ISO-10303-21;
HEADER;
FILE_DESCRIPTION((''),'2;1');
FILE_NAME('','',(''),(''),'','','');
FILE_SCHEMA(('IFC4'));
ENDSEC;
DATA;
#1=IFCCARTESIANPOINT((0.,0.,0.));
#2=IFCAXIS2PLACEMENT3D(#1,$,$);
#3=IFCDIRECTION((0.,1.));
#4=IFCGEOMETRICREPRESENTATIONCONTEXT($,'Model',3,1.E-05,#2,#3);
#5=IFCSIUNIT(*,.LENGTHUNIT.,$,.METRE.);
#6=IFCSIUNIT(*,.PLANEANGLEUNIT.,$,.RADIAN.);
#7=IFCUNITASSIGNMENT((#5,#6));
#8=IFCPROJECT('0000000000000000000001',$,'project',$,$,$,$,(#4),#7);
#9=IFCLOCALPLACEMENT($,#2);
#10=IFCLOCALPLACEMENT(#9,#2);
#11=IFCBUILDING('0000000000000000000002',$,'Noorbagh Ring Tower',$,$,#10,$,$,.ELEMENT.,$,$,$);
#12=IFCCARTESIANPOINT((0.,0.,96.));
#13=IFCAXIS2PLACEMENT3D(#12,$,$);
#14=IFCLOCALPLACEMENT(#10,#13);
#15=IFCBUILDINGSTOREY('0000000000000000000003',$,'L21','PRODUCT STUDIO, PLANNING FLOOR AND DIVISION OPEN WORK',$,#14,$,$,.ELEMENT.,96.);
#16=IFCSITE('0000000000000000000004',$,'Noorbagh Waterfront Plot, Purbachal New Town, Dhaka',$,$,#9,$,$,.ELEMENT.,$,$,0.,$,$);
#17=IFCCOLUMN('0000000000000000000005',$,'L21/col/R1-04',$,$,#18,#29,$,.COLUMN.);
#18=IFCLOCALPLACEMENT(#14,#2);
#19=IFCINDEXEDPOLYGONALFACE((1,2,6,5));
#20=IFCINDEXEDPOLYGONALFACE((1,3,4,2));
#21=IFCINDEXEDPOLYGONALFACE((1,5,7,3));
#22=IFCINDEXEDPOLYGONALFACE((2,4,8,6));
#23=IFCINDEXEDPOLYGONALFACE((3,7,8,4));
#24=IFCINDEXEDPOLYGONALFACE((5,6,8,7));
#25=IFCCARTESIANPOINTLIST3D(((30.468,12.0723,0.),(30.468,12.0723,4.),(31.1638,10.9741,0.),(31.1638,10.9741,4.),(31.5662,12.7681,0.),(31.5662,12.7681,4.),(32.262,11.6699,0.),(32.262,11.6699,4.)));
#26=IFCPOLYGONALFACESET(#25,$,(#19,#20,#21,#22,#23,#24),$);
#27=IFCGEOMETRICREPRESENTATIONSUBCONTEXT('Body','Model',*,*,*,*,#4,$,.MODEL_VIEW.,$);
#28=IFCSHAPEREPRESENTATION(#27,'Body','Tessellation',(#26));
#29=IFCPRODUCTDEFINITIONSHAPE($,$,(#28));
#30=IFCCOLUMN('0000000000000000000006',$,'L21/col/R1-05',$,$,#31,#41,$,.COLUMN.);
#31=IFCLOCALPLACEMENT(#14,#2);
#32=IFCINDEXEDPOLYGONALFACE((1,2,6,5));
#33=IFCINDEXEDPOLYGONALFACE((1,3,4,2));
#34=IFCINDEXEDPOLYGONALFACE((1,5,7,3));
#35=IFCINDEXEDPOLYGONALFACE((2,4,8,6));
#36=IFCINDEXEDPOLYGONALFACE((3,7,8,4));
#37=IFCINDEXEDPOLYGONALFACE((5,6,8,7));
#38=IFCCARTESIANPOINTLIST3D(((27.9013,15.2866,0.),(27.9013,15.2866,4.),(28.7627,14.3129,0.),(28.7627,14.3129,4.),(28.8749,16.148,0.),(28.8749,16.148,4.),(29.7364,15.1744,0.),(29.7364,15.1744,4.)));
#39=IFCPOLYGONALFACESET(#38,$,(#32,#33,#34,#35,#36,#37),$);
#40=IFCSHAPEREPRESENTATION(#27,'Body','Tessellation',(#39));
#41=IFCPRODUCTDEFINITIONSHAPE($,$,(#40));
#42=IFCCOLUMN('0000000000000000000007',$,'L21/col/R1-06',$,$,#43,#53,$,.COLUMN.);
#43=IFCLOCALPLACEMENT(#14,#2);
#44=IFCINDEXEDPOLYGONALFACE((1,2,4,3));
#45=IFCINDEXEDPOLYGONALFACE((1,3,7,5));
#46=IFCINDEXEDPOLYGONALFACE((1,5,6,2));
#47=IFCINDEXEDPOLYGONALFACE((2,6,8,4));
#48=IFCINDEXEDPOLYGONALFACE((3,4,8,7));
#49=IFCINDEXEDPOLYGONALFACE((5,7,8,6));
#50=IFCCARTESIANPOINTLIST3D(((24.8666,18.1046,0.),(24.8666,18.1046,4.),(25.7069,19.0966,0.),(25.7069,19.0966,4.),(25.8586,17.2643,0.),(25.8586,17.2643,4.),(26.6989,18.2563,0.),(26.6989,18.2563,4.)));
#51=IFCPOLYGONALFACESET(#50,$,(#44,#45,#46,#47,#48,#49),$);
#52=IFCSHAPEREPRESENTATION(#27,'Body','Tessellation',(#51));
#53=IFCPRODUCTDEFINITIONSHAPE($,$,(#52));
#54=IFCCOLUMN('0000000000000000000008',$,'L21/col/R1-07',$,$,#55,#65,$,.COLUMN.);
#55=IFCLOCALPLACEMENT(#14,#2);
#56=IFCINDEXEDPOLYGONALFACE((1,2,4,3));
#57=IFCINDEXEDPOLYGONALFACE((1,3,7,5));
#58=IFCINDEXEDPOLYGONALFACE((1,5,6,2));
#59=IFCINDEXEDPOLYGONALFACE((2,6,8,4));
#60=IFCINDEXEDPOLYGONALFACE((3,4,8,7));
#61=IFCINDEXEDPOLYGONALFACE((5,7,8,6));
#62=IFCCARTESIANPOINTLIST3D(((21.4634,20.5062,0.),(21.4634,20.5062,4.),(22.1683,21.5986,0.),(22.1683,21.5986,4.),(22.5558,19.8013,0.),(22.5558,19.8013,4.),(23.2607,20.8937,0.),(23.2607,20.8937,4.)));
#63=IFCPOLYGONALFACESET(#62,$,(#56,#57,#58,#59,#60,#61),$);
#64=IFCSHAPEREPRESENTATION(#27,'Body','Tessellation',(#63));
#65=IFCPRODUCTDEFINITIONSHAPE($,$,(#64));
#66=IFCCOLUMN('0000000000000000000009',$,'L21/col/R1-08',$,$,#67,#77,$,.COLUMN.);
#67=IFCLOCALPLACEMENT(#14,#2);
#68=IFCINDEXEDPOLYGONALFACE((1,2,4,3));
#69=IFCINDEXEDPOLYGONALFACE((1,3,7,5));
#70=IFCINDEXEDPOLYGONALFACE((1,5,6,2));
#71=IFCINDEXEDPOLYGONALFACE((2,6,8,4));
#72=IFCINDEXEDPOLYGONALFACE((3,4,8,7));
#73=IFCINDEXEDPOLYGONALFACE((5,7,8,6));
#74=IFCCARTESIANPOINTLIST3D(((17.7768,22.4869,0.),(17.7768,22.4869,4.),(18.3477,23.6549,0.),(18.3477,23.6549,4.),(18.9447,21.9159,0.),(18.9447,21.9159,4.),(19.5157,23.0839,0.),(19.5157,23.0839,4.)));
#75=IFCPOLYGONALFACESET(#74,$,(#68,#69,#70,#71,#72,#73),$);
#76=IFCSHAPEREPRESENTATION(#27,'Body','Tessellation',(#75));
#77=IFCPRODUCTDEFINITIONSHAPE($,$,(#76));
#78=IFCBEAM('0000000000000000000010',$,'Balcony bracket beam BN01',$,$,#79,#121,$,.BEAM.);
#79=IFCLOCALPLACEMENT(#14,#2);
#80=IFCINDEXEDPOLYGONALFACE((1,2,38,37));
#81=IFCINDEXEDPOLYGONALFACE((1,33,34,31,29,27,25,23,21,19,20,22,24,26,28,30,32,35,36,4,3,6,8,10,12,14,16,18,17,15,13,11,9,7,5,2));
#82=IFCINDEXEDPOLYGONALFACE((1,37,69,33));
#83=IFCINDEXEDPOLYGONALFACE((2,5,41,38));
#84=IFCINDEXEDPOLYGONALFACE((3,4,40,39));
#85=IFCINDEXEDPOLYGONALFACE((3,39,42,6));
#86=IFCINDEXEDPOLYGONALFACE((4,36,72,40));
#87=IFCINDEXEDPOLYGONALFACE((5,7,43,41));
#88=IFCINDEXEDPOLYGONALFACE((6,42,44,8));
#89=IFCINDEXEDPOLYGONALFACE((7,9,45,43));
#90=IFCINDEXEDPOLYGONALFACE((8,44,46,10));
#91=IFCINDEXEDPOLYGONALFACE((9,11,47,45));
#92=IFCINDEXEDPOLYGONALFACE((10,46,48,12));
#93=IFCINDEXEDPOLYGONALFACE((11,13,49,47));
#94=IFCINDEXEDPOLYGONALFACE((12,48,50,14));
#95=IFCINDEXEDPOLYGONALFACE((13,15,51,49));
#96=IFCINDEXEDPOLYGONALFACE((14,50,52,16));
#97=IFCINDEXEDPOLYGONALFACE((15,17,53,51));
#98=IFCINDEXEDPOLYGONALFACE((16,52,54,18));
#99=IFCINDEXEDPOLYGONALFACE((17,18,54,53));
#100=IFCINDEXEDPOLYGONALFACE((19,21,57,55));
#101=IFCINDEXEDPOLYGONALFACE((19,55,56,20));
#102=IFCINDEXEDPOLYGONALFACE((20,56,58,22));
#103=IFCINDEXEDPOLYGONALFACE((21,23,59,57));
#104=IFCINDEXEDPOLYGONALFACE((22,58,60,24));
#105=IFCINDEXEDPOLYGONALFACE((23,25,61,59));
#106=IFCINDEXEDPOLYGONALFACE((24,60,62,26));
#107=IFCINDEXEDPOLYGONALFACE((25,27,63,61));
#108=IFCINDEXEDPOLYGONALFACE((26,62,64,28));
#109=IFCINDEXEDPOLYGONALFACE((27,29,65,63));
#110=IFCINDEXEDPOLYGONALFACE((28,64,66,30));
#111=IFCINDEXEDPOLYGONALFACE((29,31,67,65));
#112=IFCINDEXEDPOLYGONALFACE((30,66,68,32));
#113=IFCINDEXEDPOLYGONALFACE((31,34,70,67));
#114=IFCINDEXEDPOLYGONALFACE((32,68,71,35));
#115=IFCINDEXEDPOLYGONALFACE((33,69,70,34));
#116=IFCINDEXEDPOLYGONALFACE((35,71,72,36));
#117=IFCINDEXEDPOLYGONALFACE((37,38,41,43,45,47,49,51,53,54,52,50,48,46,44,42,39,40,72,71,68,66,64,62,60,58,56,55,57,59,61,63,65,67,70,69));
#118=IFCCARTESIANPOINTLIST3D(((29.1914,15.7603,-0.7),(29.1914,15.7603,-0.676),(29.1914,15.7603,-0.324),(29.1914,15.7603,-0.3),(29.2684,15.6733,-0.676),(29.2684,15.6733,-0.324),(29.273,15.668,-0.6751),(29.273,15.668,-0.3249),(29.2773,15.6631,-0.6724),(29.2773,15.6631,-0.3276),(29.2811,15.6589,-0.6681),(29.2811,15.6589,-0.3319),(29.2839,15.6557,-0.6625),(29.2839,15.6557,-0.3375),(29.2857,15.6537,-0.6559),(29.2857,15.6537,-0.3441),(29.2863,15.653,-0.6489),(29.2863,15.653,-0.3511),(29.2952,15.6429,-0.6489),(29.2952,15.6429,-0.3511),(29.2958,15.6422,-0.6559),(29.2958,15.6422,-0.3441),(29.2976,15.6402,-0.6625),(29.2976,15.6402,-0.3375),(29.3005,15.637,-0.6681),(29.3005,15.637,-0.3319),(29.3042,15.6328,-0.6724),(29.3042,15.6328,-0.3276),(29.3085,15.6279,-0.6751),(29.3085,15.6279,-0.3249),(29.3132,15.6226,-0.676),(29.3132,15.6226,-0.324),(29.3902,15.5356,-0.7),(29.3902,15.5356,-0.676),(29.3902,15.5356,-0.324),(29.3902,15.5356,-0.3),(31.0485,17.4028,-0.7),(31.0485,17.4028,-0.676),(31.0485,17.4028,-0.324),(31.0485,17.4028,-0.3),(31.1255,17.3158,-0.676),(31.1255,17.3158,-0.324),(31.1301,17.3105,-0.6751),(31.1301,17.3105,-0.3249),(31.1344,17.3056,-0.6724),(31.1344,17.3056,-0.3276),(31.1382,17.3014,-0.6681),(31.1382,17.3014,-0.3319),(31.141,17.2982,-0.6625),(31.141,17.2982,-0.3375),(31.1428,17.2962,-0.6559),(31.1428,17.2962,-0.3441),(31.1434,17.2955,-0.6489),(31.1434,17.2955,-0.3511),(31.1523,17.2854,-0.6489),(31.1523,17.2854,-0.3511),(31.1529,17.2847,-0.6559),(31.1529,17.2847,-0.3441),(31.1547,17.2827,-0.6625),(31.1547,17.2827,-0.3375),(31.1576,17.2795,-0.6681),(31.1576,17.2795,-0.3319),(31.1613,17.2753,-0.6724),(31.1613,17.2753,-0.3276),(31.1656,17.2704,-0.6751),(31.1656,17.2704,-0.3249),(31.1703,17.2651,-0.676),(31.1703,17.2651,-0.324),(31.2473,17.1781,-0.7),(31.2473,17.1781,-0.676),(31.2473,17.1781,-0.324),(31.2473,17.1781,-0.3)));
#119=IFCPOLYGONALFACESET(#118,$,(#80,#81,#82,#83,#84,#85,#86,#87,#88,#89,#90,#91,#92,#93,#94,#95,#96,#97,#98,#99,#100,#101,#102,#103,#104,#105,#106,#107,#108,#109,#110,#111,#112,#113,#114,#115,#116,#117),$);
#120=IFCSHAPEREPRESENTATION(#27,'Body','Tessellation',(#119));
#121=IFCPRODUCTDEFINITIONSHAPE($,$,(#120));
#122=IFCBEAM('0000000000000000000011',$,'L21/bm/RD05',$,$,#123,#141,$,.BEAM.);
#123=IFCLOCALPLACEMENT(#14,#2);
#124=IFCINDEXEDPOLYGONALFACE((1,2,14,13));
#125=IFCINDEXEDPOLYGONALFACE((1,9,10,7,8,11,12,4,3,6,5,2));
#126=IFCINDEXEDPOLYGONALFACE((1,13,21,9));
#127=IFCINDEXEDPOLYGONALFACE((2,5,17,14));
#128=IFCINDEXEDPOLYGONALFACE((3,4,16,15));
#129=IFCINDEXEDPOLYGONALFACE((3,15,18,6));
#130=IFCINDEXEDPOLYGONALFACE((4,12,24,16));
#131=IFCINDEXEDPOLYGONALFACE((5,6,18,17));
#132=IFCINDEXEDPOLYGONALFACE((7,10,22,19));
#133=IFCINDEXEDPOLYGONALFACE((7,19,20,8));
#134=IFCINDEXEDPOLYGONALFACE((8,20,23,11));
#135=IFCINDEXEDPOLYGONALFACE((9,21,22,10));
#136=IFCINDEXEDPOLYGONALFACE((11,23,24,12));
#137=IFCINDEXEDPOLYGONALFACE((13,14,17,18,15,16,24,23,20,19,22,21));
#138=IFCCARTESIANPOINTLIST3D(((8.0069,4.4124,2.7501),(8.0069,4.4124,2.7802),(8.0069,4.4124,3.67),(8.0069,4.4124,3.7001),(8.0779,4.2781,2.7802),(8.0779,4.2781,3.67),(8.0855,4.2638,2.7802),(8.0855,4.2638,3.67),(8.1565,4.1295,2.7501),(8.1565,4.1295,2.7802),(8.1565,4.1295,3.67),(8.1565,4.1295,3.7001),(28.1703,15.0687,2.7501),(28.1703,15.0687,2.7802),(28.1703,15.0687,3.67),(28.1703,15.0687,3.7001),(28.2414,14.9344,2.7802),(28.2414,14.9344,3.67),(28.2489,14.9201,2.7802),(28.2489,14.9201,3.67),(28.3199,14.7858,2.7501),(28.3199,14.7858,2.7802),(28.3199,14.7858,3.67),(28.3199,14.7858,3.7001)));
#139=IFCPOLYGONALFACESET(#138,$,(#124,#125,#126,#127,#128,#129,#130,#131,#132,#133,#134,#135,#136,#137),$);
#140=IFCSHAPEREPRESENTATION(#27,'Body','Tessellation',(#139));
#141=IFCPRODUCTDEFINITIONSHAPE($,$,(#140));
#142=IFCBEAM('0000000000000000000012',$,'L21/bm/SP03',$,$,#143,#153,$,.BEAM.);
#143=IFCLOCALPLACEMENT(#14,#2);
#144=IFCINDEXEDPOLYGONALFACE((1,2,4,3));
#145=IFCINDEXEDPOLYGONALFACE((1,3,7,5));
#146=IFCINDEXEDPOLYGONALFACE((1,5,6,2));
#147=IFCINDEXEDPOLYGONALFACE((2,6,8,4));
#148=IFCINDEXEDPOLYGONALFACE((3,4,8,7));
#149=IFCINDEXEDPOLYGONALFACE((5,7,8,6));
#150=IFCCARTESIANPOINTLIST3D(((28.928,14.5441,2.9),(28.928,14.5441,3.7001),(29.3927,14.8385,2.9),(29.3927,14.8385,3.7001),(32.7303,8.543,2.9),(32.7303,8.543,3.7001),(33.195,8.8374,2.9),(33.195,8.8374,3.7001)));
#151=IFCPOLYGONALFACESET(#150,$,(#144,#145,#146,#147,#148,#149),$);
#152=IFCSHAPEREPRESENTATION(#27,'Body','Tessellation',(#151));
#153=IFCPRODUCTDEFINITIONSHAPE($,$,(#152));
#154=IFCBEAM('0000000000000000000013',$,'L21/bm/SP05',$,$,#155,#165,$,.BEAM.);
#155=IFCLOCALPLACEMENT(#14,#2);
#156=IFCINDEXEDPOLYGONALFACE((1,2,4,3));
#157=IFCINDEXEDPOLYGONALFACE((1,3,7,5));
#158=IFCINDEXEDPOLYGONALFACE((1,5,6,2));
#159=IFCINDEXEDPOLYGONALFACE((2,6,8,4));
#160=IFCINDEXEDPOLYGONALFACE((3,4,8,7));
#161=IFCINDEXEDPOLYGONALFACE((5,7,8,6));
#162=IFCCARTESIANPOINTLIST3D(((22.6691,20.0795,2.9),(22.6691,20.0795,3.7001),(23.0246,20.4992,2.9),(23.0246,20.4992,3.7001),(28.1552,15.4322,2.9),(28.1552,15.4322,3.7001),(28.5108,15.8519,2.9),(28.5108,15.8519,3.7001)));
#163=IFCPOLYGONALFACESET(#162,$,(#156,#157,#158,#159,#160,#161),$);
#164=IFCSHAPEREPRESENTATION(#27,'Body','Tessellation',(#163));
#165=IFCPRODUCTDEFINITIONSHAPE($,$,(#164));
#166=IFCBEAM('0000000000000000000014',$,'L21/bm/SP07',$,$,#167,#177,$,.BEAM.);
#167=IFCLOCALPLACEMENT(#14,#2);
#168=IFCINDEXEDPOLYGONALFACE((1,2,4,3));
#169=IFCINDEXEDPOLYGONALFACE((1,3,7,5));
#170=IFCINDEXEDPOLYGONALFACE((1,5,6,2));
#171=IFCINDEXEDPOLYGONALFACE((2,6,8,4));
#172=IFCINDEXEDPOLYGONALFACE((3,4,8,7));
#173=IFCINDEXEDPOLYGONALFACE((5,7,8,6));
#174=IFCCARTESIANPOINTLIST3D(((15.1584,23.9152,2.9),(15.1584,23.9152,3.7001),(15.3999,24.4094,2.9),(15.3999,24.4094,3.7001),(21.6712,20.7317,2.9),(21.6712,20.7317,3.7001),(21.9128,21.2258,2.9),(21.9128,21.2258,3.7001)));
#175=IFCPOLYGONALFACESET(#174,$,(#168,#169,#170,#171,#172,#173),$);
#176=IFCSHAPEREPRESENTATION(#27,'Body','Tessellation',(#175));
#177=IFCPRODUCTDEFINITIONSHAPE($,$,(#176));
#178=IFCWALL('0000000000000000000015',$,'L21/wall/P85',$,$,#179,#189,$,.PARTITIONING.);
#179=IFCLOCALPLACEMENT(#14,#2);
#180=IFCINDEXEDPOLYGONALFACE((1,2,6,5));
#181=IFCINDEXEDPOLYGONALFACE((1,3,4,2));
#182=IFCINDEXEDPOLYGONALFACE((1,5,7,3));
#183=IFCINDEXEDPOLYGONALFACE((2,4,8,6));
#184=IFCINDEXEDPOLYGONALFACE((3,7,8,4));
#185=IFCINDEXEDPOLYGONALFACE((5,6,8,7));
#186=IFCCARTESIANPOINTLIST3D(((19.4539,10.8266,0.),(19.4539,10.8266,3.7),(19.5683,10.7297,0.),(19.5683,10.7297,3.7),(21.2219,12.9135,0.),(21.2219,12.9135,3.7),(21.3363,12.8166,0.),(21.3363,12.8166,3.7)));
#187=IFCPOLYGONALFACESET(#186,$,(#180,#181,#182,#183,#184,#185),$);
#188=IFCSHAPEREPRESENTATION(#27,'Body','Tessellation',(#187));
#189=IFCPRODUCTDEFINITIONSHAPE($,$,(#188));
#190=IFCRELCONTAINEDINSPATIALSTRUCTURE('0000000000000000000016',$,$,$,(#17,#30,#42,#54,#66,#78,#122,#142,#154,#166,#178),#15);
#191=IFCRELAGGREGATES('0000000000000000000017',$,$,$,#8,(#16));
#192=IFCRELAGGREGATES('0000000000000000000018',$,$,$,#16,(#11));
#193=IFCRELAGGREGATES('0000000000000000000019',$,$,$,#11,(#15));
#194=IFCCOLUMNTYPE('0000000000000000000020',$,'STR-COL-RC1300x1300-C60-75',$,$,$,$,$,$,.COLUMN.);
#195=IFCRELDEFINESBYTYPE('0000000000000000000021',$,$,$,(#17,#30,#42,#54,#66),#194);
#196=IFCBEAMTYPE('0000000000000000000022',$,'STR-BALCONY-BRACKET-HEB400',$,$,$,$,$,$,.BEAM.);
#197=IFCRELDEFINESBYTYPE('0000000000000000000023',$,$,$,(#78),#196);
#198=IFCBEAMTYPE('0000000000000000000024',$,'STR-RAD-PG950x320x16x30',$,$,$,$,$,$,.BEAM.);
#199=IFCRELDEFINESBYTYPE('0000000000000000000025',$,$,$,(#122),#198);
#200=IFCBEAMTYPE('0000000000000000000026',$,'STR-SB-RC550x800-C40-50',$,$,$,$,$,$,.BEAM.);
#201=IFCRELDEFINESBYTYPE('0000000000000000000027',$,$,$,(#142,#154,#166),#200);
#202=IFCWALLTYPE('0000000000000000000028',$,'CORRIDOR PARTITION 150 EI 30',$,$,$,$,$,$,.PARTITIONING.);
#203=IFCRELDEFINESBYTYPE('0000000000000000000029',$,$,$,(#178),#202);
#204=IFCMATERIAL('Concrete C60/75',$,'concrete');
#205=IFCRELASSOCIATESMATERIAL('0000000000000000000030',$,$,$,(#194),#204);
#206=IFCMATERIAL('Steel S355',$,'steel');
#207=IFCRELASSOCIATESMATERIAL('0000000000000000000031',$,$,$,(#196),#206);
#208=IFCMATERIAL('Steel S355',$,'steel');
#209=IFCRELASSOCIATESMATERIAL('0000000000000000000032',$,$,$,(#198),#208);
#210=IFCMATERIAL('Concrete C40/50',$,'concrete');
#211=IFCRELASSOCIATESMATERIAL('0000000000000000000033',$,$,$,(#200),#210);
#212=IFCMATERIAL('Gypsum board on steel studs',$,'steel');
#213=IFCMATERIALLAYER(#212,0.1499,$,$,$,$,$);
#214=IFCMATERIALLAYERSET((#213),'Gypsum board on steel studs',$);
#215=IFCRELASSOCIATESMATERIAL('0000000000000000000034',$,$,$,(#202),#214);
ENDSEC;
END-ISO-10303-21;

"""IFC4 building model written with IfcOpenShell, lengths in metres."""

from ifc_helpers import new_model, si_unit, direction, frame, frame_2d, origin, origin_2d, place, context, subcontext, project, spatial, rectangle, i_section, extrude, material, layer, layer_set, material_profile, profile_set, type_object, element, save


model = new_model("IFC4")

# Units and contexts
model_context = context("Model", 3, precision=1e-05, world=origin(), true_north=direction((0.0, 1.0)))
body_context = subcontext(model_context, "Body", "Model", "MODEL_VIEW")
ifc_project = project(units=[si_unit("LENGTHUNIT", "METRE"), si_unit("PLANEANGLEUNIT", "RADIAN")], contexts=[model_context])

# Site, building, storey
site_placement = place(None, origin())
site = spatial("IfcSite", under=ifc_project, at=site_placement, Name="Noorbagh Waterfront Plot, Purbachal New Town, Dhaka", CompositionType="ELEMENT", RefElevation=0.0)
building_placement = place(site_placement, origin())
building = spatial("IfcBuilding", under=site, at=building_placement, Name="Noorbagh Ring Tower", CompositionType="ELEMENT")
storey_placement = place(building_placement, frame((0.0, 0.0, 96.0)))
storey = spatial("IfcBuildingStorey", under=building, at=storey_placement, Name="L21", Description="PRODUCT STUDIO, PLANNING FLOOR AND DIVISION OPEN WORK", CompositionType="ELEMENT", Elevation=96.0)

# Columns
ifc_material_1 = material(Name="Concrete C60/75", Category="concrete")
ifc_material_profile_1 = material_profile(ifc_material_1, rectangle(XDim=1.3, YDim=1.3, at=origin_2d()), Name="RC1300x1300")
ifc_profile_set_1 = profile_set([ifc_material_profile_1], Name="Concrete C60/75")
column_type = type_object("IfcColumnType", Name="STR-COL-RC1300x1300-C60-75", PredefinedType="COLUMN", material=ifc_profile_set_1)
for number, where, z_axis, x_axis, name in (
    (1, (31.365, 11.8711, 0.0), (0.0, 0.0, 1.0), (-0.53519, 0.844731, 0.0), "L21/col/R1-04"),
    (2, (28.8188, 15.2305, 0.0), (0.0, 0.0, 1.0), (-0.662636, 0.748942, 0.0), "L21/col/R1-05"),
    (3, (25.7827, 18.1804, 0.0), (0.0, 0.0, 1.0), (-0.763035, 0.646357, 0.0), "L21/col/R1-06"),
    (4, (22.3621, 20.7, 0.0), (0.0, 0.0, 1.0), (-0.840248, 0.542203, 0.0), "L21/col/R1-07"),
    (5, (18.6462, 22.7854, 0.0), (0.0, 0.0, 1.0), (-0.898399, 0.43918, 0.0), "L21/col/R1-08"),
):
    element("IfcColumn", number, at=place(storey_placement, frame(where, z_axis=z_axis, x_axis=x_axis)), inside=storey, type_object=column_type, Name=name, PredefinedType="COLUMN", context=body_context, shape_type="SweptSolid", body=[
        extrude(rectangle(XDim=1.3, YDim=1.3, at=origin_2d()), origin(), (0.0, 0.0, 1.0), 4.0),
    ])

# Beams
ifc_material_2 = material(Name="Steel S355", Category="steel")
ifc_material_profile_2 = material_profile(ifc_material_2, i_section(OverallWidth=0.3, OverallDepth=0.3999, WebThickness=0.0134, FlangeThickness=0.0239, FilletRadius=0.0271, at=origin_2d()), Name="HEB400")
ifc_profile_set_2 = profile_set([ifc_material_profile_2], Name="Steel S355")
beam_type_1 = type_object("IfcBeamType", Name="STR-BALCONY-BRACKET-HEB400", PredefinedType="BEAM", material=ifc_profile_set_2)
beam_1_placement = place(storey_placement, frame((29.2908, 15.6479, -0.5), z_axis=(0.749059, 0.662504, 0.0), x_axis=(-0.662504, 0.749059, 0.0)))
element("IfcBeam", 6, at=beam_1_placement, inside=storey, type_object=beam_type_1, Name="Balcony bracket beam BN01", PredefinedType="BEAM", context=body_context, shape_type="SweptSolid", body=[
    extrude(i_section(OverallWidth=0.3, OverallDepth=0.3999, WebThickness=0.0134, FlangeThickness=0.0239, FilletRadius=0.0271, at=origin_2d()), origin(), (0.0, 0.0, 1.0), 2.4792),
])
ifc_material_3 = material(Name="Steel S355", Category="steel")
ifc_material_profile_3 = material_profile(ifc_material_3, i_section(OverallWidth=0.3201, OverallDepth=0.95, WebThickness=0.0161, FlangeThickness=0.03, at=origin_2d()), Name="PG950x320x16x30")
ifc_profile_set_3 = profile_set([ifc_material_profile_3], Name="Steel S355")
beam_type_2 = type_object("IfcBeamType", Name="STR-RAD-PG950x320x16x30", PredefinedType="BEAM", material=ifc_profile_set_3)
beam_2_placement = place(storey_placement, frame((28.2451, 14.9272, 3.2251), z_axis=(-0.884122, -0.467256, 0.0), x_axis=(0.467256, -0.884122, 0.0)))
element("IfcBeam", 7, at=beam_2_placement, inside=storey, type_object=beam_type_2, Name="L21/bm/RD05", PredefinedType="BEAM", context=body_context, shape_type="SweptSolid", body=[
    extrude(i_section(OverallWidth=0.3201, OverallDepth=0.95, WebThickness=0.0161, FlangeThickness=0.03, at=origin_2d()), origin(), (0.0, 0.0, 1.0), 22.8062),
])
ifc_material_4 = material(Name="Concrete C40/50", Category="concrete")
ifc_material_profile_4 = material_profile(ifc_material_4, rectangle(XDim=0.55, YDim=0.8, at=origin_2d()), Name="RC550x800")
ifc_profile_set_4 = profile_set([ifc_material_profile_4], Name="Concrete C40/50")
beam_type_3 = type_object("IfcBeamType", Name="STR-SB-RC550x800-C40-50", PredefinedType="BEAM", material=ifc_profile_set_4)
beam_3_placement = place(storey_placement, frame((32.9626, 8.6902, 3.3), z_axis=(-0.535216, 0.844715, 0.0), x_axis=(-0.844715, -0.535216, 0.0)))
element("IfcBeam", 8, at=beam_3_placement, inside=storey, type_object=beam_type_3, Name="L21/bm/SP03", PredefinedType="BEAM", context=body_context, shape_type="SweptSolid", body=[
    extrude(rectangle(XDim=0.55, YDim=0.8, at=origin_2d()), origin(), (0.0, 0.0, 1.0), 7.1042),
])
beam_4_placement = place(storey_placement, frame((28.333, 15.6421, 3.3), z_axis=(-0.763033, 0.646359, 0.0), x_axis=(-0.646359, -0.763033, 0.0)))
element("IfcBeam", 9, at=beam_4_placement, inside=storey, type_object=beam_type_3, Name="L21/bm/SP05", PredefinedType="BEAM", context=body_context, shape_type="SweptSolid", body=[
    extrude(rectangle(XDim=0.55, YDim=0.8, at=origin_2d()), origin(), (0.0, 0.0, 1.0), 7.1899),
])
beam_5_placement = place(storey_placement, frame((21.792, 20.9788, 3.3), z_axis=(-0.898412, 0.439153, 0.0), x_axis=(-0.439153, -0.898412, 0.0)))
element("IfcBeam", 10, at=beam_5_placement, inside=storey, type_object=beam_type_3, Name="L21/bm/SP07", PredefinedType="BEAM", context=body_context, shape_type="SweptSolid", body=[
    extrude(rectangle(XDim=0.55, YDim=0.8, at=origin_2d()), origin(), (0.0, 0.0, 1.0), 7.2493),
])

# Wall
ifc_material_5 = material(Name="Gypsum board on steel studs", Category="steel")
ifc_layer_1 = layer(ifc_material_5, 0.1499)
ifc_layer_set_1 = layer_set([ifc_layer_1], Name="Gypsum board on steel studs")
wall_type_1 = type_object("IfcWallType", Name="CORRIDOR PARTITION 150 EI 30", PredefinedType="PARTITIONING", material=ifc_layer_set_1)
wall_1_placement = place(storey_placement, frame((19.511, 10.7781, 0.0), z_axis=(0.0, 0.0, 1.0), x_axis=(0.646414, 0.762987, 0.0)))
element("IfcWall", 11, at=wall_1_placement, inside=storey, type_object=wall_type_1, Name="L21/wall/P85", PredefinedType="PARTITIONING", context=body_context, shape_type="SweptSolid", body=[
    extrude(rectangle(XDim=2.7351, YDim=0.1499, at=frame_2d((1.3677, 0.0))), origin(), (0.0, 0.0, 1.0), 3.7),
])

save(model, "model.ifc")
